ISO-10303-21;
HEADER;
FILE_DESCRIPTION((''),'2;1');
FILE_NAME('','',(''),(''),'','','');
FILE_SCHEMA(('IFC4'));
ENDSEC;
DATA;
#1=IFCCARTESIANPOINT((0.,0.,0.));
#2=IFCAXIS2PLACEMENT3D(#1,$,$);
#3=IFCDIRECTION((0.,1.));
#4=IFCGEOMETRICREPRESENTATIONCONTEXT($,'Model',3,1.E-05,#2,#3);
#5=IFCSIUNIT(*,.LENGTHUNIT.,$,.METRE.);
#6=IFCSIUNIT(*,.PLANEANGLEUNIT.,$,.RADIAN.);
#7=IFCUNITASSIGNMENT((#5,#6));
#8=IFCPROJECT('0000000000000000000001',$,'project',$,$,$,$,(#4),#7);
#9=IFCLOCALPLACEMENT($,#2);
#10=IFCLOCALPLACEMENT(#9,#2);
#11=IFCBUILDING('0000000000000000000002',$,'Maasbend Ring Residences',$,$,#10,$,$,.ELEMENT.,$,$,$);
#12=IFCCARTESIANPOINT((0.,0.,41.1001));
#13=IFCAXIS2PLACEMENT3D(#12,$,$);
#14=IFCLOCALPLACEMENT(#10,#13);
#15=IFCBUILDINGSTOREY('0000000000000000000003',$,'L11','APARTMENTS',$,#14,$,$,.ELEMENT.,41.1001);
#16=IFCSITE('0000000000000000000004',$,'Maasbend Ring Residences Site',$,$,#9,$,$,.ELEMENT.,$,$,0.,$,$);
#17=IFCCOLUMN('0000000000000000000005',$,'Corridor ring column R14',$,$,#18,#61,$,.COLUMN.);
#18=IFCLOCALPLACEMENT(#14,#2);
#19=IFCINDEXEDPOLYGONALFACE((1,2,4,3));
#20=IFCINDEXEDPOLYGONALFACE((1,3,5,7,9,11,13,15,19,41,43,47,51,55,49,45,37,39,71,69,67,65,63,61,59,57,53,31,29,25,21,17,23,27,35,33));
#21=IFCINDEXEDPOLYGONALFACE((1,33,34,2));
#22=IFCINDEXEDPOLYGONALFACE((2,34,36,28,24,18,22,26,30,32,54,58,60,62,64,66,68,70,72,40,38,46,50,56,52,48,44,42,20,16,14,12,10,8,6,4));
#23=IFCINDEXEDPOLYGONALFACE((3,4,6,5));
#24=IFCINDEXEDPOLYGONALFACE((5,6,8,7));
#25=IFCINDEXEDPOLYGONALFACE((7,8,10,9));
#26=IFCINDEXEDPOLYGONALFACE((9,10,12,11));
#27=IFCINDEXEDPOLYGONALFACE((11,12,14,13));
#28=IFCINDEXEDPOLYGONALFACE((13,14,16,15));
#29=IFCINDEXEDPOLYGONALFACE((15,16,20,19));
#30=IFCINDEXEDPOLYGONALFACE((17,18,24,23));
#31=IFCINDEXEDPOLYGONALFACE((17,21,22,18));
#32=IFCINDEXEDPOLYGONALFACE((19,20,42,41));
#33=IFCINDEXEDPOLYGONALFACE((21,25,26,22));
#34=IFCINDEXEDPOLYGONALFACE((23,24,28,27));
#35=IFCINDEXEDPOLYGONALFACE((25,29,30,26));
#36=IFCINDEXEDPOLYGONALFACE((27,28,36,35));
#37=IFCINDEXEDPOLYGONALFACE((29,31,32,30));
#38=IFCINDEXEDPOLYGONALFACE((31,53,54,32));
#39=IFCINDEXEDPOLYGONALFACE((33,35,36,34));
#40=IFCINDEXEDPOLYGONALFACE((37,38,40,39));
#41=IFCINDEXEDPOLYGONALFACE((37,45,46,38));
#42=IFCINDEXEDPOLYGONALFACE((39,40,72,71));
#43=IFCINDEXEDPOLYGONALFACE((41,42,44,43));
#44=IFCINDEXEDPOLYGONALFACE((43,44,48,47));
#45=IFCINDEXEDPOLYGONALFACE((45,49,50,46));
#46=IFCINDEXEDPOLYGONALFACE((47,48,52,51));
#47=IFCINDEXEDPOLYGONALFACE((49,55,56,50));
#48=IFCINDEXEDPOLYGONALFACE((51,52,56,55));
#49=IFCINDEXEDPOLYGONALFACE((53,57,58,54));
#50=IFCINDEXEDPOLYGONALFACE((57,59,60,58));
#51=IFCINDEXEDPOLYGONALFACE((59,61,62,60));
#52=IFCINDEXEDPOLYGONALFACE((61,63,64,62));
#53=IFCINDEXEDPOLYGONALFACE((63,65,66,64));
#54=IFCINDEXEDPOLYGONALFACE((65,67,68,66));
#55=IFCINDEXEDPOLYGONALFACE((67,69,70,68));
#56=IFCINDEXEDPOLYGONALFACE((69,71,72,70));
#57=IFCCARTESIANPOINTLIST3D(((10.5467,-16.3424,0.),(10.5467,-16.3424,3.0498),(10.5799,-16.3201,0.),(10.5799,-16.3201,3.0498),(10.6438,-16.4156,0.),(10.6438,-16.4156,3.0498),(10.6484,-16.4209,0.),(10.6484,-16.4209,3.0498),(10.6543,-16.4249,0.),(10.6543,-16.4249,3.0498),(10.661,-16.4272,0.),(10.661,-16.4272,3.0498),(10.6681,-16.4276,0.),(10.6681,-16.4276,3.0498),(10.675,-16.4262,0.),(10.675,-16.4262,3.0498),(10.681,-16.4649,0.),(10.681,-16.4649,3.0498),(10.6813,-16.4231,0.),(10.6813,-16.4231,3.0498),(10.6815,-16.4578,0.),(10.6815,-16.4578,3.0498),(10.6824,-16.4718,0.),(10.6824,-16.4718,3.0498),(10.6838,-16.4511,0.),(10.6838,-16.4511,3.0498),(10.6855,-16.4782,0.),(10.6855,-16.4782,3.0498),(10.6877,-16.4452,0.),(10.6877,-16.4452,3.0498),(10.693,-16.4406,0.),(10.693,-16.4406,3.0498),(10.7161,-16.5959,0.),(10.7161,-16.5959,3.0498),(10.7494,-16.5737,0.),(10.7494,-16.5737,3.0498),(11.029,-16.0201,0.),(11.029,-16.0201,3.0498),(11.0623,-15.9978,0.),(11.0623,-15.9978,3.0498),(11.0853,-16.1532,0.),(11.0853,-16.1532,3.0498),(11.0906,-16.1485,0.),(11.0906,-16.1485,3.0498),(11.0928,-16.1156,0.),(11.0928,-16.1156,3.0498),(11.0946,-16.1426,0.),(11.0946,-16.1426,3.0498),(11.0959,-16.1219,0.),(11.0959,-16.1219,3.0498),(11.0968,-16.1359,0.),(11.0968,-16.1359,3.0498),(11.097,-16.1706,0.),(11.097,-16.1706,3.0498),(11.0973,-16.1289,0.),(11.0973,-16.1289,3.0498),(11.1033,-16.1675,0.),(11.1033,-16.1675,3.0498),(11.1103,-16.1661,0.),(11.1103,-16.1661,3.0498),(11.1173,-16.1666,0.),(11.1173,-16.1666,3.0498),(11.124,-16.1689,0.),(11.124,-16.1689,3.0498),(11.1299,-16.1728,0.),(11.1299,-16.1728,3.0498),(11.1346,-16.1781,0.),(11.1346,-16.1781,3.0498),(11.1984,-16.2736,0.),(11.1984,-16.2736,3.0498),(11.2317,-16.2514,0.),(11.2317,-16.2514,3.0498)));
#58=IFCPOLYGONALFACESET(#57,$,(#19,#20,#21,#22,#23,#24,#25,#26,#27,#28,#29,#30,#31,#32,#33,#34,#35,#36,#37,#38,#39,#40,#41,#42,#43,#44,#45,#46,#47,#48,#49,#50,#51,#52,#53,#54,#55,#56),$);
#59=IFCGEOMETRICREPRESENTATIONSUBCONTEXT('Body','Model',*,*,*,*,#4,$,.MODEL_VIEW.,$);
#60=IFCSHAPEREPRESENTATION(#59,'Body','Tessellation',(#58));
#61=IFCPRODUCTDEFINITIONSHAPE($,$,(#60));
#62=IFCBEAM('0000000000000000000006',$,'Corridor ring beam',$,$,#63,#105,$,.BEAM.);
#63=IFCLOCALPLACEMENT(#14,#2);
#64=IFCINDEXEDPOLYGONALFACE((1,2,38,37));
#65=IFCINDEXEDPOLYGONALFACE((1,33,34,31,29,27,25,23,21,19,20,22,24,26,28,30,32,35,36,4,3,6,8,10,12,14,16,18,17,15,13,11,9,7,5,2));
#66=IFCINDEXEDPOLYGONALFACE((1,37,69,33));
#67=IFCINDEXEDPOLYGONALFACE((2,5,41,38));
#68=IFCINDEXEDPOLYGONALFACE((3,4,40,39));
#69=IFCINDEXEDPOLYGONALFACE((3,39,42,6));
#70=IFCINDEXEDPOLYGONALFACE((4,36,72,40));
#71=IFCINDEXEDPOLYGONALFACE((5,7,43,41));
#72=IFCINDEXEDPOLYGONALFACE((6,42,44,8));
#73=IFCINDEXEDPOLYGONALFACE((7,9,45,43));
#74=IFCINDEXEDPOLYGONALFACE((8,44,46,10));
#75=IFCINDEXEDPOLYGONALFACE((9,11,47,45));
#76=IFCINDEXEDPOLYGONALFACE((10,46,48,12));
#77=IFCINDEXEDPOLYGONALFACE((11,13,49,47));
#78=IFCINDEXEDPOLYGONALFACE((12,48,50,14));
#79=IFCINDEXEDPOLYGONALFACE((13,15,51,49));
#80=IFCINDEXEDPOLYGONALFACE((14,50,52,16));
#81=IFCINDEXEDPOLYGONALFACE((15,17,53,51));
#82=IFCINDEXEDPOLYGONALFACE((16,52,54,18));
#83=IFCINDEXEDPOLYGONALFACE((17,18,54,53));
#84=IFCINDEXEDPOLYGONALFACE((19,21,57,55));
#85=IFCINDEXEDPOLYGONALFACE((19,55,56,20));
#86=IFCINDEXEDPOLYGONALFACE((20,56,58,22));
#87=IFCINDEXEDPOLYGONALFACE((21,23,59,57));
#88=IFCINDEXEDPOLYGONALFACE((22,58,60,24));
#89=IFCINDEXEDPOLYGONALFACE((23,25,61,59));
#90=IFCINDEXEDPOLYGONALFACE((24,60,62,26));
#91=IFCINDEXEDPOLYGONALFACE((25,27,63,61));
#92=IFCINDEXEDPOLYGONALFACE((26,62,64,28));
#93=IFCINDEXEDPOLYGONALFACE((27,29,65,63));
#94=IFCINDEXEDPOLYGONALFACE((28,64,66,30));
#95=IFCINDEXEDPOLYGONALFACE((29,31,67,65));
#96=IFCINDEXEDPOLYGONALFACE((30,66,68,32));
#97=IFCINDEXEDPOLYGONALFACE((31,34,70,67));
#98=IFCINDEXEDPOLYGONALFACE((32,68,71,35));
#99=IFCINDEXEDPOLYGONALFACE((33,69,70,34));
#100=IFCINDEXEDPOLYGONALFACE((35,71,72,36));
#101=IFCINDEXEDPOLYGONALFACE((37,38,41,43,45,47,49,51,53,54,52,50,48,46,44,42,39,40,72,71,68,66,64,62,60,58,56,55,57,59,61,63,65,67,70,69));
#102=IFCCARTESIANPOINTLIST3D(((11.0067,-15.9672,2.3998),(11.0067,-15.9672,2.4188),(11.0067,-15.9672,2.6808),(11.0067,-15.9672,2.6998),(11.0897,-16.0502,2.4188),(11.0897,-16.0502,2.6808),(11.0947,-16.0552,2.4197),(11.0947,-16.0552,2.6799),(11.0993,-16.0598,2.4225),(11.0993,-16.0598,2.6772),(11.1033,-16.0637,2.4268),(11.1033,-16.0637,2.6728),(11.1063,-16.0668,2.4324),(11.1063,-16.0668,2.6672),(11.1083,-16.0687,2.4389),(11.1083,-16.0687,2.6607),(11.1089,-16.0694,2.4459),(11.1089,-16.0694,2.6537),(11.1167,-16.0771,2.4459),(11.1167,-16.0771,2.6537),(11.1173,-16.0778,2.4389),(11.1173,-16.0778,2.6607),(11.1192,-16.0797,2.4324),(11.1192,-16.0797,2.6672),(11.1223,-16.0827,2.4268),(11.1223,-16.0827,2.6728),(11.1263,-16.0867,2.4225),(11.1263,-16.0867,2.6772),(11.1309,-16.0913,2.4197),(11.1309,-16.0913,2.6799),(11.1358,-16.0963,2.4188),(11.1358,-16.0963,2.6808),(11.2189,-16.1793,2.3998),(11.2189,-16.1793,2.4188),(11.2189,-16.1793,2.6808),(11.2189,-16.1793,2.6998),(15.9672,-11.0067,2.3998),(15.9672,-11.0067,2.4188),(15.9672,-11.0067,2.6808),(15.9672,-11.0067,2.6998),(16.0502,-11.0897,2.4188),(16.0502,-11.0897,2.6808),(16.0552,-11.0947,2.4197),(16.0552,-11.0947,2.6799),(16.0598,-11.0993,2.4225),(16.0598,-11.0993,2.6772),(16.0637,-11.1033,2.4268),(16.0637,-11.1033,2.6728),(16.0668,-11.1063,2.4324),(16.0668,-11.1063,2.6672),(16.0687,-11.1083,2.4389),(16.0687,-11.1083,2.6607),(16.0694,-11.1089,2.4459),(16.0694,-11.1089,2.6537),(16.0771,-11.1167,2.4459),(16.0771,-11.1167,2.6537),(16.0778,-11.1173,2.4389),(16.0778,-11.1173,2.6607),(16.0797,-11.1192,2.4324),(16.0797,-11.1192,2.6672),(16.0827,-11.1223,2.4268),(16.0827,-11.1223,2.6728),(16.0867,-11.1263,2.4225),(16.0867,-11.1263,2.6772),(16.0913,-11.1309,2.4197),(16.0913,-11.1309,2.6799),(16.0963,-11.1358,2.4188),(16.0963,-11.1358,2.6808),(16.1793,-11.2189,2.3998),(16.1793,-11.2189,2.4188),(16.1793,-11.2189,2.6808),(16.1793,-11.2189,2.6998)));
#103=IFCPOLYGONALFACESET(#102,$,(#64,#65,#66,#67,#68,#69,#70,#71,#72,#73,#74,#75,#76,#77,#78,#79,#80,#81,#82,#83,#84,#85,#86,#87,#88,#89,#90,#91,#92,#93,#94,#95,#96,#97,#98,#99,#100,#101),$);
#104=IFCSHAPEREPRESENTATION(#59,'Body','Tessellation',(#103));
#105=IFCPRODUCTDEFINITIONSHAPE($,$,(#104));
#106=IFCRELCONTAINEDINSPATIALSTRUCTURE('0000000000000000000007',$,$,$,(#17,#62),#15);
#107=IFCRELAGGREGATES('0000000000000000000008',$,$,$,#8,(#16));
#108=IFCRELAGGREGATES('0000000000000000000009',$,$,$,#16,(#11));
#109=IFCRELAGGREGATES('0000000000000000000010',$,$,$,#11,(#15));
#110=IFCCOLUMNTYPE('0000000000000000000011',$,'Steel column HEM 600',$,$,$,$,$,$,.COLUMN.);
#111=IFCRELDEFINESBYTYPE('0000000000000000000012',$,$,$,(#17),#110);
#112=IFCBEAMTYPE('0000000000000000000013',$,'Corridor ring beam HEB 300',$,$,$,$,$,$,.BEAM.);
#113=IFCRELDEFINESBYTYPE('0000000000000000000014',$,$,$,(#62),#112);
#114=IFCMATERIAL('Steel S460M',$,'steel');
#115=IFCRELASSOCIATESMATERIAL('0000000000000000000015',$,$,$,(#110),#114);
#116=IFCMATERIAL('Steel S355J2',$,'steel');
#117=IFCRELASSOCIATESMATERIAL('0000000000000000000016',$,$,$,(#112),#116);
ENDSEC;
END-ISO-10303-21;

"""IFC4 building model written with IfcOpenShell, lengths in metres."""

from ifc_helpers import new_model, si_unit, direction, frame, origin, origin_2d, place, context, subcontext, project, spatial, i_section, extrude, material, material_profile, profile_set, type_object, element, save


model = new_model("IFC4")

# Units and contexts
model_context = context("Model", 3, precision=1e-05, world=origin(), true_north=direction((0.0, 1.0)))
body_context = subcontext(model_context, "Body", "Model", "MODEL_VIEW")
ifc_project = project(units=[si_unit("LENGTHUNIT", "METRE"), si_unit("PLANEANGLEUNIT", "RADIAN")], contexts=[model_context])

# Site, building, storey
site_placement = place(None, origin())
site = spatial("IfcSite", under=ifc_project, at=site_placement, Name="Maasbend Ring Residences Site", CompositionType="ELEMENT", RefElevation=0.0)
building_placement = place(site_placement, origin())
building = spatial("IfcBuilding", under=site, at=building_placement, Name="Maasbend Ring Residences", CompositionType="ELEMENT")
storey_placement = place(building_placement, frame((0.0, 0.0, 41.1001)))
storey = spatial("IfcBuildingStorey", under=building, at=storey_placement, Name="L11", Description="APARTMENTS", CompositionType="ELEMENT", Elevation=41.1001)

# Column
ifc_material_1 = material(Name="Steel S460M", Category="steel")
ifc_material_profile_1 = material_profile(ifc_material_1, i_section(OverallWidth=0.3049, OverallDepth=0.6201, WebThickness=0.021, FlangeThickness=0.04, FilletRadius=0.0271, at=origin_2d()), Name="HEM 600")
ifc_profile_set_1 = profile_set([ifc_material_profile_1], Name="Steel S460M")
column_type = type_object("IfcColumnType", Name="Steel column HEM 600", PredefinedType="COLUMN", material=ifc_profile_set_1)
column_placement = place(storey_placement, frame((10.8892, -16.2969, 0.0), z_axis=(0.0, 0.0, 1.0), x_axis=(0.55557, -0.83147, 0.0)))
element("IfcColumn", 1, at=column_placement, inside=storey, type_object=column_type, Name="Corridor ring column R14", PredefinedType="COLUMN", context=body_context, shape_type="SweptSolid", body=[
    extrude(i_section(OverallWidth=0.3049, OverallDepth=0.6201, WebThickness=0.021, FlangeThickness=0.04, FilletRadius=0.0271, at=origin_2d()), origin(), (0.0, 0.0, 1.0), 3.0498),
])

# Beam
ifc_material_2 = material(Name="Steel S355J2", Category="steel")
ifc_material_profile_2 = material_profile(ifc_material_2, i_section(OverallWidth=0.3, OverallDepth=0.3, WebThickness=0.011, FlangeThickness=0.019, FilletRadius=0.0271, at=origin_2d()), Name="HEB 300")
ifc_profile_set_2 = profile_set([ifc_material_profile_2], Name="Steel S355J2")
beam_type = type_object("IfcBeamType", Name="Corridor ring beam HEB 300", PredefinedType="BEAM", material=ifc_profile_set_2)
beam_placement = place(storey_placement, frame((11.1128, -16.0732, 2.5498), z_axis=(0.707107, 0.707107, 0.0), x_axis=(-0.707107, 0.707107, 0.0)))
element("IfcBeam", 2, at=beam_placement, inside=storey, type_object=beam_type, Name="Corridor ring beam", PredefinedType="BEAM", context=body_context, shape_type="SweptSolid", body=[
    extrude(i_section(OverallWidth=0.3, OverallDepth=0.3, WebThickness=0.011, FlangeThickness=0.019, FilletRadius=0.0271, at=origin_2d()), origin(), (0.0, 0.0, 1.0), 7.0151),
])

save(model, "model.ifc")
